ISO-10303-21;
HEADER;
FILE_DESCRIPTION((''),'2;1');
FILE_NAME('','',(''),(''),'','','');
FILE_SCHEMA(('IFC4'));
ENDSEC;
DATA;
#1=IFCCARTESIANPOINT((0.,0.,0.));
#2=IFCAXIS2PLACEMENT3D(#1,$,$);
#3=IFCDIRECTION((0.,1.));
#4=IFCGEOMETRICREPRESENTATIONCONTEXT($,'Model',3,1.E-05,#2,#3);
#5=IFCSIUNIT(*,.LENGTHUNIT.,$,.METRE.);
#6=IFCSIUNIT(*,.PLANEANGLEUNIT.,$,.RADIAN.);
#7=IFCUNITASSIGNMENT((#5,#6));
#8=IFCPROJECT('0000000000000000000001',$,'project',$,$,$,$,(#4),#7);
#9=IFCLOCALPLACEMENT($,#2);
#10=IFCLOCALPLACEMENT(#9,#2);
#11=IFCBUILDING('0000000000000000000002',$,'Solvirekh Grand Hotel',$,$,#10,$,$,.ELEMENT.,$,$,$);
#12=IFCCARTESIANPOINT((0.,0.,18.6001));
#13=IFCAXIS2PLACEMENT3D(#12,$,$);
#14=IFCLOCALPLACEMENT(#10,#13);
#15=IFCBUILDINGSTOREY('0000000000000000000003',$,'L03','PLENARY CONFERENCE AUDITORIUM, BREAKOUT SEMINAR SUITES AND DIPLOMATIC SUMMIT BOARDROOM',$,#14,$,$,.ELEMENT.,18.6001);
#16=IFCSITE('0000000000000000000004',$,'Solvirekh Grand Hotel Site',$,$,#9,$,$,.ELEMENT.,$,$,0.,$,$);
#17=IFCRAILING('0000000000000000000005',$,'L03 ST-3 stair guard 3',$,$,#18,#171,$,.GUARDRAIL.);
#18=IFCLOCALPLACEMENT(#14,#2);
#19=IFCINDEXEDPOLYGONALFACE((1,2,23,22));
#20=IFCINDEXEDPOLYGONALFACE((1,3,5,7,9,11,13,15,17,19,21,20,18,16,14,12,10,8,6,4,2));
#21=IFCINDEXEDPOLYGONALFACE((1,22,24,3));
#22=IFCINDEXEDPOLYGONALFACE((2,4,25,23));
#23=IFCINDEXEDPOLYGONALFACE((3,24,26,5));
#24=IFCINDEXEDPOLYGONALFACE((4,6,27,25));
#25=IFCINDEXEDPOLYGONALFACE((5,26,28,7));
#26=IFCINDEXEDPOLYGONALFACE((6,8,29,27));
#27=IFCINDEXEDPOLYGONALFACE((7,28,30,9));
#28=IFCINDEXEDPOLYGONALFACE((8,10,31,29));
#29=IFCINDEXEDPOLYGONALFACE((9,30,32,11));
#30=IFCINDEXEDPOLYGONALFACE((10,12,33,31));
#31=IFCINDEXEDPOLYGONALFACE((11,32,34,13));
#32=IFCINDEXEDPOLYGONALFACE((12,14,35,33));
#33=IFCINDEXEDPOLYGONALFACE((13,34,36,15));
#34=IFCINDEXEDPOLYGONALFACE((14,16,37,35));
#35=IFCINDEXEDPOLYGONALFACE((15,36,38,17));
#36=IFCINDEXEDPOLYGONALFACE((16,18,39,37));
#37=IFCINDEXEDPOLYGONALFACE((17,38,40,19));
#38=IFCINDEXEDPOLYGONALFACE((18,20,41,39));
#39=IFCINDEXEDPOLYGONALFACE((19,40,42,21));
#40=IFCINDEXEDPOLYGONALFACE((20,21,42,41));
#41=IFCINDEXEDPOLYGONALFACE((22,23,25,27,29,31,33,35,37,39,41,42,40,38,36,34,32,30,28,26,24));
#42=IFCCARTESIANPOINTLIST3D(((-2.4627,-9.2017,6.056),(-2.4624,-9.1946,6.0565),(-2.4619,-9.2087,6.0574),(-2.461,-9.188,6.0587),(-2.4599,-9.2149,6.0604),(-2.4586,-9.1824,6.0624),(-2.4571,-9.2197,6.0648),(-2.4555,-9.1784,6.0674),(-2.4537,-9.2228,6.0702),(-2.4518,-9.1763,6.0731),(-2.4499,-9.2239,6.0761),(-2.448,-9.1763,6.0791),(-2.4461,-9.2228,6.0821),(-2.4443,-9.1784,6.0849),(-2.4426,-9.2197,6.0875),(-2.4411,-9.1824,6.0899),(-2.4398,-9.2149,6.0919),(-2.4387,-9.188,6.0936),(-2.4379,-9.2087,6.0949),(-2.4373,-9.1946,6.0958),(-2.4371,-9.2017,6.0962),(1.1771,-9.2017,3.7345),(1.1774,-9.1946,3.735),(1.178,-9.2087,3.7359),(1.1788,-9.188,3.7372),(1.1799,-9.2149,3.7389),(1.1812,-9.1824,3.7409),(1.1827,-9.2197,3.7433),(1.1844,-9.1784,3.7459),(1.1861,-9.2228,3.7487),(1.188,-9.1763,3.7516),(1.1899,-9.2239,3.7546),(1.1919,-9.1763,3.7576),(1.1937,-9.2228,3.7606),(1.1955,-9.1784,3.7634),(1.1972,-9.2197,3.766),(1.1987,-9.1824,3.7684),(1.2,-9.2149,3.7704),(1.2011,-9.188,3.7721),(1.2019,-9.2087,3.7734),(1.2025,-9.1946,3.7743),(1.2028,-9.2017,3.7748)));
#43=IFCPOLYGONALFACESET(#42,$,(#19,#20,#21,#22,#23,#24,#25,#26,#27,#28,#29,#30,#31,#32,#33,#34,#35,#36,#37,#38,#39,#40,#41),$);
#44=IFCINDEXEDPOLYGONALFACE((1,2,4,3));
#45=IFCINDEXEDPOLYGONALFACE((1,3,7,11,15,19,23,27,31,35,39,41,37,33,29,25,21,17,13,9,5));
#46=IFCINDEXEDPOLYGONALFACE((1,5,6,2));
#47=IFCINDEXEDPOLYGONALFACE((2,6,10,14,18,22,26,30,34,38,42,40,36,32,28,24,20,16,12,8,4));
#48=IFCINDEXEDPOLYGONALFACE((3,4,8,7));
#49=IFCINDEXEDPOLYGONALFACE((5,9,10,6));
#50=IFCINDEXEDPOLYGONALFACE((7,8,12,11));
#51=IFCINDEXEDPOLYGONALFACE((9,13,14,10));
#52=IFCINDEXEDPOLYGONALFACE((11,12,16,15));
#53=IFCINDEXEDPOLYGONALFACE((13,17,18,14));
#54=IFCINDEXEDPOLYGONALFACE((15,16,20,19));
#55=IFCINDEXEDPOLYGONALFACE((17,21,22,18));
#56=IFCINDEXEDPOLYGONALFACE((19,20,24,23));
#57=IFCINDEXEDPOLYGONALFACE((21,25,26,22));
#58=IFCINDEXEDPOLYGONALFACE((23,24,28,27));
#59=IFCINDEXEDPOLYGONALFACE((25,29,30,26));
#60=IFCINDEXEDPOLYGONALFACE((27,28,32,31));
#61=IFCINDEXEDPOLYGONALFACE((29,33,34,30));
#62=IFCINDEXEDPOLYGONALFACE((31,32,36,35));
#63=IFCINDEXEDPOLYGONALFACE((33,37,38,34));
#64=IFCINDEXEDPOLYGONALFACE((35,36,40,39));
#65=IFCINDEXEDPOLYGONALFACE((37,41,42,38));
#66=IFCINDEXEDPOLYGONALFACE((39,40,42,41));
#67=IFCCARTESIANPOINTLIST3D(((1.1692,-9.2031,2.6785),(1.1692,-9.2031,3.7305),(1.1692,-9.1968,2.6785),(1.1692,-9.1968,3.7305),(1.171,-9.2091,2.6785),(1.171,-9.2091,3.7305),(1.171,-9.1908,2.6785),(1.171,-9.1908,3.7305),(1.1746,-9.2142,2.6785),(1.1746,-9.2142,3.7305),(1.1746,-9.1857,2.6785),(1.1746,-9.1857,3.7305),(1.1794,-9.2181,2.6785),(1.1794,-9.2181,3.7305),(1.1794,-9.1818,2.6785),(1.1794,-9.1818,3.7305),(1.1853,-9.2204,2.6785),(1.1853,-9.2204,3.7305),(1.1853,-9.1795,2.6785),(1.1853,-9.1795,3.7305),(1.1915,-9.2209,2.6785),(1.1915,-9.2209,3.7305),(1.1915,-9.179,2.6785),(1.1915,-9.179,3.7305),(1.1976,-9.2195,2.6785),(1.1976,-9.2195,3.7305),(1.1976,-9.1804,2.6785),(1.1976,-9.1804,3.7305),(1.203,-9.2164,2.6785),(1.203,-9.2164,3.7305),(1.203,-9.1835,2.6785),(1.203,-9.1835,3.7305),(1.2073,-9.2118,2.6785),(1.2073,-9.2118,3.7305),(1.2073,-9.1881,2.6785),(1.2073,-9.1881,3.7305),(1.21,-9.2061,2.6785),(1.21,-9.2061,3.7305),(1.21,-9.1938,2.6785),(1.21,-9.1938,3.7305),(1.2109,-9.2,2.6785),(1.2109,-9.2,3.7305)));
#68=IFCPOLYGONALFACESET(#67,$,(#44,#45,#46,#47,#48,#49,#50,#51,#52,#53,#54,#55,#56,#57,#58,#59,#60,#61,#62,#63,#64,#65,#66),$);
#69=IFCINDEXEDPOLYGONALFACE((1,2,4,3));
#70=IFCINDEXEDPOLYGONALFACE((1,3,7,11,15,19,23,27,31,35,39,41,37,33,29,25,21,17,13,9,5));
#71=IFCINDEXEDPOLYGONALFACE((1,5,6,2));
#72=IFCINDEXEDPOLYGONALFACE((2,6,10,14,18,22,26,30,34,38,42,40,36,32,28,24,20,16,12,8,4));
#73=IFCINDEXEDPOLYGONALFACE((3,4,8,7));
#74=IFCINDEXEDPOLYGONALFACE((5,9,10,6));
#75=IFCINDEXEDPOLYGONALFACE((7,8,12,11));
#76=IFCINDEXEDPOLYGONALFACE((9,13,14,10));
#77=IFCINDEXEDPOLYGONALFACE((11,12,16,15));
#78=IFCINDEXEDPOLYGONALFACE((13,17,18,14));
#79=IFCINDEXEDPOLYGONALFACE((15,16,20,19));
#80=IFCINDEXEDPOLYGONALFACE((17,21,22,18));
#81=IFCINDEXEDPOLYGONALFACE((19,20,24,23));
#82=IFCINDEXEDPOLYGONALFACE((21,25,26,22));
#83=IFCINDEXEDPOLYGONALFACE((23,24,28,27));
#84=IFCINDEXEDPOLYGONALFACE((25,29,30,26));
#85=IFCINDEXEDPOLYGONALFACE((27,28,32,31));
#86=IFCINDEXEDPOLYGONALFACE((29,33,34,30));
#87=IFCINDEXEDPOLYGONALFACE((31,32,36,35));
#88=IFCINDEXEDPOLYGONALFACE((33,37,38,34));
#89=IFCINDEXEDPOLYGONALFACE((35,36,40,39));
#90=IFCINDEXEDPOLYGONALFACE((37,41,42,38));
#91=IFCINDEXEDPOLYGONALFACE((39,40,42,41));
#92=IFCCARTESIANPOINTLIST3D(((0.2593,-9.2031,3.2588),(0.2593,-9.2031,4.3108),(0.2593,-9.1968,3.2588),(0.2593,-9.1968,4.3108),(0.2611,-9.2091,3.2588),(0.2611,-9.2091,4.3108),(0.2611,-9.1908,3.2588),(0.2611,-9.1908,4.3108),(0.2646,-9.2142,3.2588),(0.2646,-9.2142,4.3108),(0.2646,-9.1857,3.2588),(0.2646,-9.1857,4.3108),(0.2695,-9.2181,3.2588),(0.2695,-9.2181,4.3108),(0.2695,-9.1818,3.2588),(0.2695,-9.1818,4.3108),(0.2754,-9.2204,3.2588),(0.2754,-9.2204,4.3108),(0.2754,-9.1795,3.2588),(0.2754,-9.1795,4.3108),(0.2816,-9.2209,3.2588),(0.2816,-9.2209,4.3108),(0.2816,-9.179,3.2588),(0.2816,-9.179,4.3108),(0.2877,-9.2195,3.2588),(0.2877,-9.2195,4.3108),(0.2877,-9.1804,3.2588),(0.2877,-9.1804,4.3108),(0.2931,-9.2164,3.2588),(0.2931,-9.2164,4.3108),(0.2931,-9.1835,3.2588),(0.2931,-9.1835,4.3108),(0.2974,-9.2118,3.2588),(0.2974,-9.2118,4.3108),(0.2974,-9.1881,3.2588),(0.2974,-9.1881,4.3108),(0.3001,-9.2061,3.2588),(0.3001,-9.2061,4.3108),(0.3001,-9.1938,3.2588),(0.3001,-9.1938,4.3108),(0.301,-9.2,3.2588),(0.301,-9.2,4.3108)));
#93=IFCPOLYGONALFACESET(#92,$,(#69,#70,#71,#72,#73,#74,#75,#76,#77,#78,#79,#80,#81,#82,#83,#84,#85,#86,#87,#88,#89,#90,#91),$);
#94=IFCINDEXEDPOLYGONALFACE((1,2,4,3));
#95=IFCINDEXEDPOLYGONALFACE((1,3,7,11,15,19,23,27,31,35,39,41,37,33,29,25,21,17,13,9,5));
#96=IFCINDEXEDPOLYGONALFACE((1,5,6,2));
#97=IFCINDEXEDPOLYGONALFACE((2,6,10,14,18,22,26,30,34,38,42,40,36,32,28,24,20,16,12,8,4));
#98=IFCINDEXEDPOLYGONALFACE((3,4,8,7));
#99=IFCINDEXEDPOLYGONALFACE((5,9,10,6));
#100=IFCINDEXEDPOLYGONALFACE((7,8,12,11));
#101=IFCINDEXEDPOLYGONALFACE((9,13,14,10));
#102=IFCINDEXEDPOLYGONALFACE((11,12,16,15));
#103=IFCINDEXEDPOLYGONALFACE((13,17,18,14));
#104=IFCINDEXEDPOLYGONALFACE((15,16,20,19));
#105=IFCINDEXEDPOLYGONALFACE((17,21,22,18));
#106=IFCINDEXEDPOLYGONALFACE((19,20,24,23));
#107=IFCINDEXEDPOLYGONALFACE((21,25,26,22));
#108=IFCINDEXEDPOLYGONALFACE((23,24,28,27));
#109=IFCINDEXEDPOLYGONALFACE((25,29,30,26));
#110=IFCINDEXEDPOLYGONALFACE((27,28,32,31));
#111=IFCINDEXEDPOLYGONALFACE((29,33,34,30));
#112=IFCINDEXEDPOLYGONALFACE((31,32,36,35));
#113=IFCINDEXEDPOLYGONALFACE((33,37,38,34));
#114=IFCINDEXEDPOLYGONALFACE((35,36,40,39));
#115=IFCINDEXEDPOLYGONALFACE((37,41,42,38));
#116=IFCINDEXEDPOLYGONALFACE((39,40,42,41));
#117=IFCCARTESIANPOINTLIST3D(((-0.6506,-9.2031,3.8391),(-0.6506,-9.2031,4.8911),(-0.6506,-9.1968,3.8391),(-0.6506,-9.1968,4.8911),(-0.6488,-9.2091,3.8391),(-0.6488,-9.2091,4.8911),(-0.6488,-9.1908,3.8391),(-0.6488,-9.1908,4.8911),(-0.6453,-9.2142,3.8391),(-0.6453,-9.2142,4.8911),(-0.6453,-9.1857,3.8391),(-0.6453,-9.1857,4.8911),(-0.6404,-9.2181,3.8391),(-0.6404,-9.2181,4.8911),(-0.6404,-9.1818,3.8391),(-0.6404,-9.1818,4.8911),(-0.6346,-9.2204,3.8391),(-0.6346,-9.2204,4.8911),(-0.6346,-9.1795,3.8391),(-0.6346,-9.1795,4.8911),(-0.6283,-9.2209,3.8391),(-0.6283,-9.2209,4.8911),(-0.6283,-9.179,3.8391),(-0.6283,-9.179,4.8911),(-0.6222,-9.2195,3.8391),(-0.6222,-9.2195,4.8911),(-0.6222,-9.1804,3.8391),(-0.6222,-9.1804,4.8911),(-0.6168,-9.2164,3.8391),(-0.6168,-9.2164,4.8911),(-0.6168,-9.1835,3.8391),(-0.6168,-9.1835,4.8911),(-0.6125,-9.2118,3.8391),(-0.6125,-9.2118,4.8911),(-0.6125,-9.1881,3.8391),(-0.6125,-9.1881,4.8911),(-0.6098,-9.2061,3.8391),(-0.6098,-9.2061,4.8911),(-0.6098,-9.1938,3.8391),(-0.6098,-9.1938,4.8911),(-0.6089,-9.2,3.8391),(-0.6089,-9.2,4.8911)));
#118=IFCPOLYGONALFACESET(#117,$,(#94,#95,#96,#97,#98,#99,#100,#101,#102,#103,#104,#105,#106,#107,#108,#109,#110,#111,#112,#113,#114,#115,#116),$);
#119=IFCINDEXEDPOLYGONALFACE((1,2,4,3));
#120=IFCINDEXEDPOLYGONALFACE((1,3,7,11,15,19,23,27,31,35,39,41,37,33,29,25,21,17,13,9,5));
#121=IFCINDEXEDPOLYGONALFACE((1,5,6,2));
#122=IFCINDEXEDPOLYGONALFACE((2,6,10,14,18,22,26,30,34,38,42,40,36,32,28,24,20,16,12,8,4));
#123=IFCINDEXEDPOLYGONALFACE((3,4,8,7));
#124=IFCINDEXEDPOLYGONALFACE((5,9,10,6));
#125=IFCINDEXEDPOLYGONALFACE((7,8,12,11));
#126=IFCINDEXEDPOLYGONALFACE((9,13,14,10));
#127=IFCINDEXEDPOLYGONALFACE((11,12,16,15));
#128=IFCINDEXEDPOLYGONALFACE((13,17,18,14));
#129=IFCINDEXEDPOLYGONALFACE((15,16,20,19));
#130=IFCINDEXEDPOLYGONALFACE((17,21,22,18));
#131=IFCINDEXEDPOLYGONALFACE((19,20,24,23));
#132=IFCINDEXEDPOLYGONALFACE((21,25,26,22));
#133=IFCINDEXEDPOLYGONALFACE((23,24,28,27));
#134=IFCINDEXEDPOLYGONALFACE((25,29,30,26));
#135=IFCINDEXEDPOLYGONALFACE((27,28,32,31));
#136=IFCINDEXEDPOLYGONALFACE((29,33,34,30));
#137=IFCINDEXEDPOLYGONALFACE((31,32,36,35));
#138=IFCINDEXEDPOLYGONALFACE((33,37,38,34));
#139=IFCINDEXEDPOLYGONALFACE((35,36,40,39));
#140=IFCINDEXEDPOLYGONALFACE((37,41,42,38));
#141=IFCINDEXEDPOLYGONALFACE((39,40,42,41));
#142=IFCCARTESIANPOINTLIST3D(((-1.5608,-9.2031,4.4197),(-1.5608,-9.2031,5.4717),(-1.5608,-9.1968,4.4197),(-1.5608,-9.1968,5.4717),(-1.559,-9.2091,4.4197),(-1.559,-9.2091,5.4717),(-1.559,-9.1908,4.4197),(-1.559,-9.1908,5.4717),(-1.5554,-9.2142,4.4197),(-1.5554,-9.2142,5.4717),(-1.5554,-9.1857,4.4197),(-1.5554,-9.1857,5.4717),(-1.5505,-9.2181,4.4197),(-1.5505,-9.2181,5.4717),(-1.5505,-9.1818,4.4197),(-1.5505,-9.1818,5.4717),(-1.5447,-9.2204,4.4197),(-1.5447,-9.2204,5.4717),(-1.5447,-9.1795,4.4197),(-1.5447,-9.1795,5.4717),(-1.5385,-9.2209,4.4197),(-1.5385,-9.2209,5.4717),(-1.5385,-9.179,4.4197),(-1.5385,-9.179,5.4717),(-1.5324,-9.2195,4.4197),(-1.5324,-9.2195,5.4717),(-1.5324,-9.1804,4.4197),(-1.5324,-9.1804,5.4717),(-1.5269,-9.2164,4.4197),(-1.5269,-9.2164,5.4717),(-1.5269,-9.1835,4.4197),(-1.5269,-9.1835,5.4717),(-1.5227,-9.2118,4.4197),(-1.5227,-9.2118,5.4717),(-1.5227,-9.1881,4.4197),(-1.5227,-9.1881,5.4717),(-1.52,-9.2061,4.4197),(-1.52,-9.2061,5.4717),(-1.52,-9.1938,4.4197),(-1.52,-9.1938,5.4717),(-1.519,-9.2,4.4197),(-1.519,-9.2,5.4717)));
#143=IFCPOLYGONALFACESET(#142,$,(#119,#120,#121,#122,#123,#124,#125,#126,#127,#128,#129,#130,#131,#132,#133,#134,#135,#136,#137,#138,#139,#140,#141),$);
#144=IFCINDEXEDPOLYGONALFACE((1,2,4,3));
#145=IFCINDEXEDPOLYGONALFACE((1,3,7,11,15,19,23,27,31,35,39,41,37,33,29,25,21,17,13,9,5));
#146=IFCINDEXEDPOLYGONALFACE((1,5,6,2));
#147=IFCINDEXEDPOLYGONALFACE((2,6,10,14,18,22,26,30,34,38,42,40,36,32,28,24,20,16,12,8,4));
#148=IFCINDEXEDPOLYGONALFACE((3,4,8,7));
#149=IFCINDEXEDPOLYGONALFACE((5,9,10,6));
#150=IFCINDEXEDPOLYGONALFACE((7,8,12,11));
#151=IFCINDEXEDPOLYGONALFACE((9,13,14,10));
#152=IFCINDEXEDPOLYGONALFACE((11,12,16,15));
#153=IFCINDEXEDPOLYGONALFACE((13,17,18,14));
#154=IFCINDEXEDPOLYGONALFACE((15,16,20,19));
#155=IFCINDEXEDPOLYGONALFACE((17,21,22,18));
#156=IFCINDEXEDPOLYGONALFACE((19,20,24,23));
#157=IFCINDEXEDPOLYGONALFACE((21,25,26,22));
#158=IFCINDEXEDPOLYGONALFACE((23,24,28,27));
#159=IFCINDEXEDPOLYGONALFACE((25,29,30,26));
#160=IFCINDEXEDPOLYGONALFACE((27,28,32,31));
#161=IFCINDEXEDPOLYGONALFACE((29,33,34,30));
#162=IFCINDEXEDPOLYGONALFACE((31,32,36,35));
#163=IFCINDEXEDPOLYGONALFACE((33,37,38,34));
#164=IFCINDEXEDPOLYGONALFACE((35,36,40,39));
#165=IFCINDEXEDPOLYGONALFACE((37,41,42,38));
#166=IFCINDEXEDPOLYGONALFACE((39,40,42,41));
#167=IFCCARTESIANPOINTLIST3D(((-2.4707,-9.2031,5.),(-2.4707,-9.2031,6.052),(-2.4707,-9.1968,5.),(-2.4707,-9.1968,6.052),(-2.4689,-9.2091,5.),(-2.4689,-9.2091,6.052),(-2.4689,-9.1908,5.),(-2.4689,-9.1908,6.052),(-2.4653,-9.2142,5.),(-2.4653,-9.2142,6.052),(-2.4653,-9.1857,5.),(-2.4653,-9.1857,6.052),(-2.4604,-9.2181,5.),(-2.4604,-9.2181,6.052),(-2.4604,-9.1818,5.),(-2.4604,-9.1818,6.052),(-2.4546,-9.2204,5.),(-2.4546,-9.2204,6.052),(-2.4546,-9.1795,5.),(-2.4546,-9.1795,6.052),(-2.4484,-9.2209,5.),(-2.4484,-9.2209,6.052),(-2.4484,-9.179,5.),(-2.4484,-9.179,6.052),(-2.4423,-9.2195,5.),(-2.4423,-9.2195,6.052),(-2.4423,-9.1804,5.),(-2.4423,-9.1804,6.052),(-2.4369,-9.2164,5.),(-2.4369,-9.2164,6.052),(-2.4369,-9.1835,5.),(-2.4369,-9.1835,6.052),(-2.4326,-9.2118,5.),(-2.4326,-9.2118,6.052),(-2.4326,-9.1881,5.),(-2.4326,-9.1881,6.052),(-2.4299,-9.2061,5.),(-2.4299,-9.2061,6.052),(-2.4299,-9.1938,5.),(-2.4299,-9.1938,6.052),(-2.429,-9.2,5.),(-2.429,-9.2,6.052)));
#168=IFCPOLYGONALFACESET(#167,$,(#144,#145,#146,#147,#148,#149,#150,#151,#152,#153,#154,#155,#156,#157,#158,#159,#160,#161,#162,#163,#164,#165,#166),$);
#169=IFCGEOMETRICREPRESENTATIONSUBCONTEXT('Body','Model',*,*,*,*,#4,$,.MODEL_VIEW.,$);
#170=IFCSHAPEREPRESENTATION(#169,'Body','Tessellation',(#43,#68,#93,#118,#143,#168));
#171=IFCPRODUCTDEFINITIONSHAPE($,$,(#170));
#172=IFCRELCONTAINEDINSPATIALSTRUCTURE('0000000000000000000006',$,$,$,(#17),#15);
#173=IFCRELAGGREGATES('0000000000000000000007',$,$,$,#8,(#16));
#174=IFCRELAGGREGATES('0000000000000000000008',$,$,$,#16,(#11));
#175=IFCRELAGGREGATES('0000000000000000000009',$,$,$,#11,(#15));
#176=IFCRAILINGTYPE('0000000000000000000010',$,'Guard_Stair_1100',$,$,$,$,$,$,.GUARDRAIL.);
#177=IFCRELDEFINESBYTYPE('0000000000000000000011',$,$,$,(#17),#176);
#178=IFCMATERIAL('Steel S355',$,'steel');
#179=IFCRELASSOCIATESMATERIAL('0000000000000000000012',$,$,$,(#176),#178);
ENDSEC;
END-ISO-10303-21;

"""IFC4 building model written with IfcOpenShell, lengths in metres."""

from ifc_helpers import new_model, si_unit, direction, frame, origin, origin_2d, place, context, subcontext, project, spatial, circle, extrude, material, type_object, element, save


model = new_model("IFC4")

# Units and contexts
model_context = context("Model", 3, precision=1e-05, world=origin(), true_north=direction((0.0, 1.0)))
body_context = subcontext(model_context, "Body", "Model", "MODEL_VIEW")
ifc_project = project(units=[si_unit("LENGTHUNIT", "METRE"), si_unit("PLANEANGLEUNIT", "RADIAN")], contexts=[model_context])

# Site, building, storey
site_placement = place(None, origin())
site = spatial("IfcSite", under=ifc_project, at=site_placement, Name="Solvirekh Grand Hotel Site", CompositionType="ELEMENT", RefElevation=0.0)
building_placement = place(site_placement, origin())
building = spatial("IfcBuilding", under=site, at=building_placement, Name="Solvirekh Grand Hotel", CompositionType="ELEMENT")
storey_placement = place(building_placement, frame((0.0, 0.0, 18.6001)))
storey = spatial("IfcBuildingStorey", under=building, at=storey_placement, Name="L03", Description="PLENARY CONFERENCE AUDITORIUM, BREAKOUT SEMINAR SUITES AND DIPLOMATIC SUMMIT BOARDROOM", CompositionType="ELEMENT", Elevation=18.6001)

# Shared definitions
ifc_material_1 = material(Name="Steel S355", Category="steel")

# Railing
railing_type_1 = type_object("IfcRailingType", Name="Guard_Stair_1100", PredefinedType="GUARDRAIL", material=ifc_material_1)
railing_1_placement = place(storey_placement, frame((1.1899, -9.2, 2.6785)))
element("IfcRailing", 1, at=railing_1_placement, inside=storey, type_object=railing_type_1, Name="L03 ST-3 stair guard 3", PredefinedType="GUARDRAIL", context=body_context, shape_type="SweptSolid", body=[
    extrude(circle(Radius=0.0239, at=origin_2d()), frame((0.0, 0.0, 1.0762), z_axis=(-0.843112, 0.0, 0.537739), x_axis=(0.0, -1.0, 0.0)), (0.0, 0.0, 1.0), 4.3171),
    extrude(circle(Radius=0.021, at=origin_2d()), origin(), (0.0, 0.0, 1.0), 1.052),
    extrude(circle(Radius=0.021, at=origin_2d()), frame((-0.9099, 0.0, 0.5803)), (0.0, 0.0, 1.0), 1.052),
    extrude(circle(Radius=0.021, at=origin_2d()), frame((-1.8198, 0.0, 1.1606)), (0.0, 0.0, 1.0), 1.052),
    extrude(circle(Radius=0.021, at=origin_2d()), frame((-2.73, 0.0, 1.7412)), (0.0, 0.0, 1.0), 1.052),
    extrude(circle(Radius=0.021, at=origin_2d()), frame((-3.6399, 0.0, 2.3215)), (0.0, 0.0, 1.0), 1.052),
])

save(model, "model.ifc")
